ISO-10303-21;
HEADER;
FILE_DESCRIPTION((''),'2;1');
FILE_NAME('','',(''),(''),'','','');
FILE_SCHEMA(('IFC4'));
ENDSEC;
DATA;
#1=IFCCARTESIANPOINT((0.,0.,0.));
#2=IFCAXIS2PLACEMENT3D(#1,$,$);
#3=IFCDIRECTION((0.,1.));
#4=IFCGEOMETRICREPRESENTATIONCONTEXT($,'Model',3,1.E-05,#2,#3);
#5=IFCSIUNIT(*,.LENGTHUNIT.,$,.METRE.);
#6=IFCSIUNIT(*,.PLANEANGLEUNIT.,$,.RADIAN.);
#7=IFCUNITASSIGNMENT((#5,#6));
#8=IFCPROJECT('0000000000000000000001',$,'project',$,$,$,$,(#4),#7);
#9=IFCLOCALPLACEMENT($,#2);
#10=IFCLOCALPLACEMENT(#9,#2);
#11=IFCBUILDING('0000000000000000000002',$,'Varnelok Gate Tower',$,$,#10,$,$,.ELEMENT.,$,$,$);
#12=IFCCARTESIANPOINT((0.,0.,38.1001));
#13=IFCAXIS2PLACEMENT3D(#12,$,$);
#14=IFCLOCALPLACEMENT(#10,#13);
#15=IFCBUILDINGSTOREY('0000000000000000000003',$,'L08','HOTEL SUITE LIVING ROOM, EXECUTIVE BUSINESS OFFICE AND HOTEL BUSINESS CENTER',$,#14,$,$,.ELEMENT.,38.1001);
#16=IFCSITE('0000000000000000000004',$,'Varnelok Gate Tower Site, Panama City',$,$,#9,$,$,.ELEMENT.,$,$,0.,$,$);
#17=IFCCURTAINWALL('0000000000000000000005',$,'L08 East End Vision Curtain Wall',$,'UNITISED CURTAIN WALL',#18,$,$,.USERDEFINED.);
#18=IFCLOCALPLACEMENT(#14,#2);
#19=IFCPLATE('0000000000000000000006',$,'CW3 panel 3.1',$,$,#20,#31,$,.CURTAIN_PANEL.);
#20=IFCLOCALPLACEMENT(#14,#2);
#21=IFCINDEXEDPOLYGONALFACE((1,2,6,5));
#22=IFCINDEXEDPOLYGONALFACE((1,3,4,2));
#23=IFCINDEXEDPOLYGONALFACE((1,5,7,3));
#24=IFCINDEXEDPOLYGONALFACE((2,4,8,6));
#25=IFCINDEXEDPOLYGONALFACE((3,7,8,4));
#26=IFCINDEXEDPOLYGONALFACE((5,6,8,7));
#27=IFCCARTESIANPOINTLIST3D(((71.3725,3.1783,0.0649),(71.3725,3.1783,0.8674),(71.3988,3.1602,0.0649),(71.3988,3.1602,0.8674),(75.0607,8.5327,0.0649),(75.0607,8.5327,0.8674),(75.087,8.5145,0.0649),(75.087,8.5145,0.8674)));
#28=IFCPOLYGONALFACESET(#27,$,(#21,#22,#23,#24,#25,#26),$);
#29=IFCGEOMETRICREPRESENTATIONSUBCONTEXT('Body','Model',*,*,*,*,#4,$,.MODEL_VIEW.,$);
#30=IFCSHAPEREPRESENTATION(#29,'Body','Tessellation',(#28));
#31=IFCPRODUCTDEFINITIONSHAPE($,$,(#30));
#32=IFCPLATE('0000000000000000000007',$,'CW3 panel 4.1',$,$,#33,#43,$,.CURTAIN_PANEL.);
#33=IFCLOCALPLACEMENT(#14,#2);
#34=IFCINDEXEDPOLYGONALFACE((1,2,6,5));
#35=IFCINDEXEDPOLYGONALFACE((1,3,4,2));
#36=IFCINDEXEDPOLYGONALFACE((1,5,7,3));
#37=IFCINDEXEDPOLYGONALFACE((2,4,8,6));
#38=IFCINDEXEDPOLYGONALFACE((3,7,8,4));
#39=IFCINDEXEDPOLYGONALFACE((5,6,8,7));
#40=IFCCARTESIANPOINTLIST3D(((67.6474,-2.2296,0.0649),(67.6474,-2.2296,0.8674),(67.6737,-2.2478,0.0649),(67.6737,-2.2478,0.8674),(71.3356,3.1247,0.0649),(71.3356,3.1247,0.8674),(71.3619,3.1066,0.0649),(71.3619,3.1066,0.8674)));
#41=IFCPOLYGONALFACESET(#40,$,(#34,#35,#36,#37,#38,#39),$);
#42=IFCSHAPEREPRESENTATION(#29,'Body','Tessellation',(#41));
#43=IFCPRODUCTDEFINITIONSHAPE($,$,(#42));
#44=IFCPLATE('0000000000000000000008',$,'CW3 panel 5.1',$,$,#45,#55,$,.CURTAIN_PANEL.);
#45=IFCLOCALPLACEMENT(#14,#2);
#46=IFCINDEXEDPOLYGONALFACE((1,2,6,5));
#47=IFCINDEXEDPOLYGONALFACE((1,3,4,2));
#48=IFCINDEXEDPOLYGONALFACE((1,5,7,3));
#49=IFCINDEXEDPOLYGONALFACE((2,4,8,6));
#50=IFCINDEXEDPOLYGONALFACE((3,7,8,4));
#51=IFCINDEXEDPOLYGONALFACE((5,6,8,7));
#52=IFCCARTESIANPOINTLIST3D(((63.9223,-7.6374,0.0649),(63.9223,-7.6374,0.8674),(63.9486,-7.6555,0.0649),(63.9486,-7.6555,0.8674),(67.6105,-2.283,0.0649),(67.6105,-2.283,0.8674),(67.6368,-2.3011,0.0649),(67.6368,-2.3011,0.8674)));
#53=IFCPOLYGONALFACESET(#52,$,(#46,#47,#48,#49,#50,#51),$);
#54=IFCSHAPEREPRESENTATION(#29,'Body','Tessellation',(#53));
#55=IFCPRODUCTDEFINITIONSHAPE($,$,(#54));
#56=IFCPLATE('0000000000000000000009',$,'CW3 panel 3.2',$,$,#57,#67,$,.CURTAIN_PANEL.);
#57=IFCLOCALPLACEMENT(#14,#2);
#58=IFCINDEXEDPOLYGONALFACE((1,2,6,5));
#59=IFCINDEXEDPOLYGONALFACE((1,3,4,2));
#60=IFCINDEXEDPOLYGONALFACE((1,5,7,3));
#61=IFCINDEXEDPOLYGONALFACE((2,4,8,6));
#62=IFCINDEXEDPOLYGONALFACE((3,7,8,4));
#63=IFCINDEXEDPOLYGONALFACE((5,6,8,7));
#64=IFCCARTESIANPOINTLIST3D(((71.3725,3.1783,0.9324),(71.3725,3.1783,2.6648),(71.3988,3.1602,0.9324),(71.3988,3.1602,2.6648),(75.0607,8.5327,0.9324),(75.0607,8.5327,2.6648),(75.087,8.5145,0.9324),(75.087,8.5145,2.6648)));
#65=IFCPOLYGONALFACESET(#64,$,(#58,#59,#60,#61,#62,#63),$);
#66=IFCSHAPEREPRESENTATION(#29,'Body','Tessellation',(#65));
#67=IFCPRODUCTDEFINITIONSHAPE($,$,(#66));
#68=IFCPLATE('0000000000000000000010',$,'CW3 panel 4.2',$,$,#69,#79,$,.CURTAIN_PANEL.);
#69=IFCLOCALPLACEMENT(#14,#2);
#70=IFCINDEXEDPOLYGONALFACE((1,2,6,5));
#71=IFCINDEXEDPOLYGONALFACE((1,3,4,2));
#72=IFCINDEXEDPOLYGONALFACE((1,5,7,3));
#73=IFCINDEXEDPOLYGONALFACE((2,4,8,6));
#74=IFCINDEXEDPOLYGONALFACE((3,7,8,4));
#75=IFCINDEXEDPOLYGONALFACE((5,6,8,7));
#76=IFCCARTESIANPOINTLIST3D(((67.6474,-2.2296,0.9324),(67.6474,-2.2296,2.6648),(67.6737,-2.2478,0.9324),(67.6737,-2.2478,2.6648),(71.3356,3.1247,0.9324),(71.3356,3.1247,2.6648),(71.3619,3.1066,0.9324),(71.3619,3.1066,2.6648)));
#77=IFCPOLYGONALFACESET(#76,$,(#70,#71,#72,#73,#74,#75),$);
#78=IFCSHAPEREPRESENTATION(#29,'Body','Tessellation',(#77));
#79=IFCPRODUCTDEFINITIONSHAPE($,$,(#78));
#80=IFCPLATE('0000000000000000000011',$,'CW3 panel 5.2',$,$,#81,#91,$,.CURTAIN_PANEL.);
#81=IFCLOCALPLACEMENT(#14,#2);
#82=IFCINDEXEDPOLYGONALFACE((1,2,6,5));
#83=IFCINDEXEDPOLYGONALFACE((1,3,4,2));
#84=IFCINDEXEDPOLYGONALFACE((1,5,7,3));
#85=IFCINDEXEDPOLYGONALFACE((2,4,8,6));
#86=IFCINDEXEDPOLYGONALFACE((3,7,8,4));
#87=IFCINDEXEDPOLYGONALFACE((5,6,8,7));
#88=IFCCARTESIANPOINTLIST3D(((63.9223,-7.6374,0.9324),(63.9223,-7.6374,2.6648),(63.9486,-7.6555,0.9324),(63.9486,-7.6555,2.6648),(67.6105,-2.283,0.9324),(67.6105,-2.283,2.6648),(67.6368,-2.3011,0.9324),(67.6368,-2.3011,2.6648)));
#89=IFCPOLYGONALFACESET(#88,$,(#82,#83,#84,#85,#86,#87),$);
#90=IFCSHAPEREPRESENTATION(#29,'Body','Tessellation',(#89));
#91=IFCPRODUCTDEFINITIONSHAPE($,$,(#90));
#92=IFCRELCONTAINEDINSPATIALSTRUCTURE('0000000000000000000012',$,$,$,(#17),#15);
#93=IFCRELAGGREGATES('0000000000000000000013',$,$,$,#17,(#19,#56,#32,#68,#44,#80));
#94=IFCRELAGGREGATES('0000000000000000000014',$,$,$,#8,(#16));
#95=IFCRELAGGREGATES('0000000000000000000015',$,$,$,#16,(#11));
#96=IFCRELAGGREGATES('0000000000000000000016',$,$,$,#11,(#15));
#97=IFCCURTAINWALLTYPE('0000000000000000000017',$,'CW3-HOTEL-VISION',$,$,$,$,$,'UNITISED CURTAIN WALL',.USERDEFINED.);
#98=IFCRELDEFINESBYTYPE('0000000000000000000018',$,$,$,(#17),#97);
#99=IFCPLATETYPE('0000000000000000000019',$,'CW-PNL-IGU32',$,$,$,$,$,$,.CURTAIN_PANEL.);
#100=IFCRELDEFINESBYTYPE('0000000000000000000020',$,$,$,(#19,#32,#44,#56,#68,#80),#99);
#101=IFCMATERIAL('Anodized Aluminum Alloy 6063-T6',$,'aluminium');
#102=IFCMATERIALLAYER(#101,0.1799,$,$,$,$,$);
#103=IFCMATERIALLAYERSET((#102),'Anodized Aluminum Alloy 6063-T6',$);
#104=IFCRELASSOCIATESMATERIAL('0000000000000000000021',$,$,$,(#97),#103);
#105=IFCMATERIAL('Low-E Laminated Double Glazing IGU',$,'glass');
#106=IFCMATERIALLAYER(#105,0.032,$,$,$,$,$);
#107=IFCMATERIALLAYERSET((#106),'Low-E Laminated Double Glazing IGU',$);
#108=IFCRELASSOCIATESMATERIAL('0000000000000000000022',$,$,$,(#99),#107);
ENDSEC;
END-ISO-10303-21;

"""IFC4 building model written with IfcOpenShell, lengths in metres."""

from ifc_helpers import new_model, si_unit, direction, frame, origin, origin_2d, place, context, subcontext, project, spatial, rectangle, extrude, source, transform, mapped, material, layer, layer_set, type_object, element, aggregate, save


model = new_model("IFC4")

# Units and contexts
model_context = context("Model", 3, precision=1e-05, world=origin(), true_north=direction((0.0, 1.0)))
body_context = subcontext(model_context, "Body", "Model", "MODEL_VIEW")
ifc_project = project(units=[si_unit("LENGTHUNIT", "METRE"), si_unit("PLANEANGLEUNIT", "RADIAN")], contexts=[model_context])

# Site, building, storey
site_placement = place(None, origin())
site = spatial("IfcSite", under=ifc_project, at=site_placement, Name="Varnelok Gate Tower Site, Panama City", CompositionType="ELEMENT", RefElevation=0.0)
building_placement = place(site_placement, origin())
building = spatial("IfcBuilding", under=site, at=building_placement, Name="Varnelok Gate Tower", CompositionType="ELEMENT")
storey_placement = place(building_placement, frame((0.0, 0.0, 38.1001)))
storey = spatial("IfcBuildingStorey", under=building, at=storey_placement, Name="L08", Description="HOTEL SUITE LIVING ROOM, EXECUTIVE BUSINESS OFFICE AND HOTEL BUSINESS CENTER", CompositionType="ELEMENT", Elevation=38.1001)

# Curtain wall, plates
ifc_material_1 = material(Name="Anodized Aluminum Alloy 6063-T6", Category="aluminium")
ifc_layer_1 = layer(ifc_material_1, 0.1799)
ifc_layer_set_1 = layer_set([ifc_layer_1], Name="Anodized Aluminum Alloy 6063-T6")
curtain_wall_type = type_object("IfcCurtainWallType", Name="CW3-HOTEL-VISION", ElementType="UNITISED CURTAIN WALL", PredefinedType="USERDEFINED", material=ifc_layer_set_1)
curtain_wall_placement = place(storey_placement, origin())
curtain_wall = element("IfcCurtainWall", 1, at=curtain_wall_placement, inside=storey, type_object=curtain_wall_type, Name="L08 East End Vision Curtain Wall", ObjectType="UNITISED CURTAIN WALL", PredefinedType="USERDEFINED")
ifc_material_2 = material(Name="Low-E Laminated Double Glazing IGU", Category="glass")
ifc_layer_2 = layer(ifc_material_2, 0.032)
ifc_layer_set_2 = layer_set([ifc_layer_2], Name="Low-E Laminated Double Glazing IGU")
plate_type = type_object("IfcPlateType", Name="CW-PNL-IGU32", PredefinedType="CURTAIN_PANEL", material=ifc_layer_set_2)
shared_shape_1 = source(origin(), body_context, "Body", "SweptSolid", [
    extrude(rectangle(XDim=6.5017, YDim=0.032, at=origin_2d()), origin(), (0.0, 0.0, 1.0), 0.8025),
])
plate_1_placement = place(storey_placement, frame((73.2297, 5.8464, 0.0649), z_axis=(0.0, 0.0, 1.0), x_axis=(-0.567269, -0.823533, 0.0)))
plate_1 = element("IfcPlate", 2, at=plate_1_placement, type_object=plate_type, Name="CW3 panel 3.1", PredefinedType="CURTAIN_PANEL", context=body_context, shape_type="MappedRepresentation", body=[
    mapped(shared_shape_1, transform((0.0, 0.0, 0.0), scale=1.0)),
])
plate_2_placement = place(storey_placement, frame((69.5046, 0.4385, 0.0649), z_axis=(0.0, 0.0, 1.0), x_axis=(-0.567269, -0.823533, 0.0)))
plate_2 = element("IfcPlate", 3, at=plate_2_placement, type_object=plate_type, Name="CW3 panel 4.1", PredefinedType="CURTAIN_PANEL", context=body_context, shape_type="MappedRepresentation", body=[
    mapped(shared_shape_1, transform((0.0, 0.0, 0.0), scale=1.0)),
])
plate_3_placement = place(storey_placement, frame((65.7795, -4.9692, 0.0649), z_axis=(0.0, 0.0, 1.0), x_axis=(-0.567269, -0.823533, 0.0)))
plate_3 = element("IfcPlate", 4, at=plate_3_placement, type_object=plate_type, Name="CW3 panel 5.1", PredefinedType="CURTAIN_PANEL", context=body_context, shape_type="MappedRepresentation", body=[
    mapped(shared_shape_1, transform((0.0, 0.0, 0.0), scale=1.0)),
])
shared_shape_2 = source(origin(), body_context, "Body", "SweptSolid", [
    extrude(rectangle(XDim=6.5017, YDim=0.032, at=origin_2d()), origin(), (0.0, 0.0, 1.0), 1.7324),
])
plate_4_placement = place(storey_placement, frame((73.2297, 5.8464, 0.9324), z_axis=(0.0, 0.0, 1.0), x_axis=(-0.567269, -0.823533, 0.0)))
plate_4 = element("IfcPlate", 5, at=plate_4_placement, type_object=plate_type, Name="CW3 panel 3.2", PredefinedType="CURTAIN_PANEL", context=body_context, shape_type="MappedRepresentation", body=[
    mapped(shared_shape_2, transform((0.0, 0.0, 0.0), scale=1.0)),
])
plate_5_placement = place(storey_placement, frame((69.5046, 0.4385, 0.9324), z_axis=(0.0, 0.0, 1.0), x_axis=(-0.567269, -0.823533, 0.0)))
plate_5 = element("IfcPlate", 6, at=plate_5_placement, type_object=plate_type, Name="CW3 panel 4.2", PredefinedType="CURTAIN_PANEL", context=body_context, shape_type="MappedRepresentation", body=[
    mapped(shared_shape_2, transform((0.0, 0.0, 0.0), scale=1.0)),
])
plate_6_placement = place(storey_placement, frame((65.7795, -4.9692, 0.9324), z_axis=(0.0, 0.0, 1.0), x_axis=(-0.567269, -0.823533, 0.0)))
plate_6 = element("IfcPlate", 7, at=plate_6_placement, type_object=plate_type, Name="CW3 panel 5.2", PredefinedType="CURTAIN_PANEL", context=body_context, shape_type="MappedRepresentation", body=[
    mapped(shared_shape_2, transform((0.0, 0.0, 0.0), scale=1.0)),
])
aggregate(curtain_wall, [plate_1, plate_4, plate_2, plate_5, plate_3, plate_6])

save(model, "model.ifc")
